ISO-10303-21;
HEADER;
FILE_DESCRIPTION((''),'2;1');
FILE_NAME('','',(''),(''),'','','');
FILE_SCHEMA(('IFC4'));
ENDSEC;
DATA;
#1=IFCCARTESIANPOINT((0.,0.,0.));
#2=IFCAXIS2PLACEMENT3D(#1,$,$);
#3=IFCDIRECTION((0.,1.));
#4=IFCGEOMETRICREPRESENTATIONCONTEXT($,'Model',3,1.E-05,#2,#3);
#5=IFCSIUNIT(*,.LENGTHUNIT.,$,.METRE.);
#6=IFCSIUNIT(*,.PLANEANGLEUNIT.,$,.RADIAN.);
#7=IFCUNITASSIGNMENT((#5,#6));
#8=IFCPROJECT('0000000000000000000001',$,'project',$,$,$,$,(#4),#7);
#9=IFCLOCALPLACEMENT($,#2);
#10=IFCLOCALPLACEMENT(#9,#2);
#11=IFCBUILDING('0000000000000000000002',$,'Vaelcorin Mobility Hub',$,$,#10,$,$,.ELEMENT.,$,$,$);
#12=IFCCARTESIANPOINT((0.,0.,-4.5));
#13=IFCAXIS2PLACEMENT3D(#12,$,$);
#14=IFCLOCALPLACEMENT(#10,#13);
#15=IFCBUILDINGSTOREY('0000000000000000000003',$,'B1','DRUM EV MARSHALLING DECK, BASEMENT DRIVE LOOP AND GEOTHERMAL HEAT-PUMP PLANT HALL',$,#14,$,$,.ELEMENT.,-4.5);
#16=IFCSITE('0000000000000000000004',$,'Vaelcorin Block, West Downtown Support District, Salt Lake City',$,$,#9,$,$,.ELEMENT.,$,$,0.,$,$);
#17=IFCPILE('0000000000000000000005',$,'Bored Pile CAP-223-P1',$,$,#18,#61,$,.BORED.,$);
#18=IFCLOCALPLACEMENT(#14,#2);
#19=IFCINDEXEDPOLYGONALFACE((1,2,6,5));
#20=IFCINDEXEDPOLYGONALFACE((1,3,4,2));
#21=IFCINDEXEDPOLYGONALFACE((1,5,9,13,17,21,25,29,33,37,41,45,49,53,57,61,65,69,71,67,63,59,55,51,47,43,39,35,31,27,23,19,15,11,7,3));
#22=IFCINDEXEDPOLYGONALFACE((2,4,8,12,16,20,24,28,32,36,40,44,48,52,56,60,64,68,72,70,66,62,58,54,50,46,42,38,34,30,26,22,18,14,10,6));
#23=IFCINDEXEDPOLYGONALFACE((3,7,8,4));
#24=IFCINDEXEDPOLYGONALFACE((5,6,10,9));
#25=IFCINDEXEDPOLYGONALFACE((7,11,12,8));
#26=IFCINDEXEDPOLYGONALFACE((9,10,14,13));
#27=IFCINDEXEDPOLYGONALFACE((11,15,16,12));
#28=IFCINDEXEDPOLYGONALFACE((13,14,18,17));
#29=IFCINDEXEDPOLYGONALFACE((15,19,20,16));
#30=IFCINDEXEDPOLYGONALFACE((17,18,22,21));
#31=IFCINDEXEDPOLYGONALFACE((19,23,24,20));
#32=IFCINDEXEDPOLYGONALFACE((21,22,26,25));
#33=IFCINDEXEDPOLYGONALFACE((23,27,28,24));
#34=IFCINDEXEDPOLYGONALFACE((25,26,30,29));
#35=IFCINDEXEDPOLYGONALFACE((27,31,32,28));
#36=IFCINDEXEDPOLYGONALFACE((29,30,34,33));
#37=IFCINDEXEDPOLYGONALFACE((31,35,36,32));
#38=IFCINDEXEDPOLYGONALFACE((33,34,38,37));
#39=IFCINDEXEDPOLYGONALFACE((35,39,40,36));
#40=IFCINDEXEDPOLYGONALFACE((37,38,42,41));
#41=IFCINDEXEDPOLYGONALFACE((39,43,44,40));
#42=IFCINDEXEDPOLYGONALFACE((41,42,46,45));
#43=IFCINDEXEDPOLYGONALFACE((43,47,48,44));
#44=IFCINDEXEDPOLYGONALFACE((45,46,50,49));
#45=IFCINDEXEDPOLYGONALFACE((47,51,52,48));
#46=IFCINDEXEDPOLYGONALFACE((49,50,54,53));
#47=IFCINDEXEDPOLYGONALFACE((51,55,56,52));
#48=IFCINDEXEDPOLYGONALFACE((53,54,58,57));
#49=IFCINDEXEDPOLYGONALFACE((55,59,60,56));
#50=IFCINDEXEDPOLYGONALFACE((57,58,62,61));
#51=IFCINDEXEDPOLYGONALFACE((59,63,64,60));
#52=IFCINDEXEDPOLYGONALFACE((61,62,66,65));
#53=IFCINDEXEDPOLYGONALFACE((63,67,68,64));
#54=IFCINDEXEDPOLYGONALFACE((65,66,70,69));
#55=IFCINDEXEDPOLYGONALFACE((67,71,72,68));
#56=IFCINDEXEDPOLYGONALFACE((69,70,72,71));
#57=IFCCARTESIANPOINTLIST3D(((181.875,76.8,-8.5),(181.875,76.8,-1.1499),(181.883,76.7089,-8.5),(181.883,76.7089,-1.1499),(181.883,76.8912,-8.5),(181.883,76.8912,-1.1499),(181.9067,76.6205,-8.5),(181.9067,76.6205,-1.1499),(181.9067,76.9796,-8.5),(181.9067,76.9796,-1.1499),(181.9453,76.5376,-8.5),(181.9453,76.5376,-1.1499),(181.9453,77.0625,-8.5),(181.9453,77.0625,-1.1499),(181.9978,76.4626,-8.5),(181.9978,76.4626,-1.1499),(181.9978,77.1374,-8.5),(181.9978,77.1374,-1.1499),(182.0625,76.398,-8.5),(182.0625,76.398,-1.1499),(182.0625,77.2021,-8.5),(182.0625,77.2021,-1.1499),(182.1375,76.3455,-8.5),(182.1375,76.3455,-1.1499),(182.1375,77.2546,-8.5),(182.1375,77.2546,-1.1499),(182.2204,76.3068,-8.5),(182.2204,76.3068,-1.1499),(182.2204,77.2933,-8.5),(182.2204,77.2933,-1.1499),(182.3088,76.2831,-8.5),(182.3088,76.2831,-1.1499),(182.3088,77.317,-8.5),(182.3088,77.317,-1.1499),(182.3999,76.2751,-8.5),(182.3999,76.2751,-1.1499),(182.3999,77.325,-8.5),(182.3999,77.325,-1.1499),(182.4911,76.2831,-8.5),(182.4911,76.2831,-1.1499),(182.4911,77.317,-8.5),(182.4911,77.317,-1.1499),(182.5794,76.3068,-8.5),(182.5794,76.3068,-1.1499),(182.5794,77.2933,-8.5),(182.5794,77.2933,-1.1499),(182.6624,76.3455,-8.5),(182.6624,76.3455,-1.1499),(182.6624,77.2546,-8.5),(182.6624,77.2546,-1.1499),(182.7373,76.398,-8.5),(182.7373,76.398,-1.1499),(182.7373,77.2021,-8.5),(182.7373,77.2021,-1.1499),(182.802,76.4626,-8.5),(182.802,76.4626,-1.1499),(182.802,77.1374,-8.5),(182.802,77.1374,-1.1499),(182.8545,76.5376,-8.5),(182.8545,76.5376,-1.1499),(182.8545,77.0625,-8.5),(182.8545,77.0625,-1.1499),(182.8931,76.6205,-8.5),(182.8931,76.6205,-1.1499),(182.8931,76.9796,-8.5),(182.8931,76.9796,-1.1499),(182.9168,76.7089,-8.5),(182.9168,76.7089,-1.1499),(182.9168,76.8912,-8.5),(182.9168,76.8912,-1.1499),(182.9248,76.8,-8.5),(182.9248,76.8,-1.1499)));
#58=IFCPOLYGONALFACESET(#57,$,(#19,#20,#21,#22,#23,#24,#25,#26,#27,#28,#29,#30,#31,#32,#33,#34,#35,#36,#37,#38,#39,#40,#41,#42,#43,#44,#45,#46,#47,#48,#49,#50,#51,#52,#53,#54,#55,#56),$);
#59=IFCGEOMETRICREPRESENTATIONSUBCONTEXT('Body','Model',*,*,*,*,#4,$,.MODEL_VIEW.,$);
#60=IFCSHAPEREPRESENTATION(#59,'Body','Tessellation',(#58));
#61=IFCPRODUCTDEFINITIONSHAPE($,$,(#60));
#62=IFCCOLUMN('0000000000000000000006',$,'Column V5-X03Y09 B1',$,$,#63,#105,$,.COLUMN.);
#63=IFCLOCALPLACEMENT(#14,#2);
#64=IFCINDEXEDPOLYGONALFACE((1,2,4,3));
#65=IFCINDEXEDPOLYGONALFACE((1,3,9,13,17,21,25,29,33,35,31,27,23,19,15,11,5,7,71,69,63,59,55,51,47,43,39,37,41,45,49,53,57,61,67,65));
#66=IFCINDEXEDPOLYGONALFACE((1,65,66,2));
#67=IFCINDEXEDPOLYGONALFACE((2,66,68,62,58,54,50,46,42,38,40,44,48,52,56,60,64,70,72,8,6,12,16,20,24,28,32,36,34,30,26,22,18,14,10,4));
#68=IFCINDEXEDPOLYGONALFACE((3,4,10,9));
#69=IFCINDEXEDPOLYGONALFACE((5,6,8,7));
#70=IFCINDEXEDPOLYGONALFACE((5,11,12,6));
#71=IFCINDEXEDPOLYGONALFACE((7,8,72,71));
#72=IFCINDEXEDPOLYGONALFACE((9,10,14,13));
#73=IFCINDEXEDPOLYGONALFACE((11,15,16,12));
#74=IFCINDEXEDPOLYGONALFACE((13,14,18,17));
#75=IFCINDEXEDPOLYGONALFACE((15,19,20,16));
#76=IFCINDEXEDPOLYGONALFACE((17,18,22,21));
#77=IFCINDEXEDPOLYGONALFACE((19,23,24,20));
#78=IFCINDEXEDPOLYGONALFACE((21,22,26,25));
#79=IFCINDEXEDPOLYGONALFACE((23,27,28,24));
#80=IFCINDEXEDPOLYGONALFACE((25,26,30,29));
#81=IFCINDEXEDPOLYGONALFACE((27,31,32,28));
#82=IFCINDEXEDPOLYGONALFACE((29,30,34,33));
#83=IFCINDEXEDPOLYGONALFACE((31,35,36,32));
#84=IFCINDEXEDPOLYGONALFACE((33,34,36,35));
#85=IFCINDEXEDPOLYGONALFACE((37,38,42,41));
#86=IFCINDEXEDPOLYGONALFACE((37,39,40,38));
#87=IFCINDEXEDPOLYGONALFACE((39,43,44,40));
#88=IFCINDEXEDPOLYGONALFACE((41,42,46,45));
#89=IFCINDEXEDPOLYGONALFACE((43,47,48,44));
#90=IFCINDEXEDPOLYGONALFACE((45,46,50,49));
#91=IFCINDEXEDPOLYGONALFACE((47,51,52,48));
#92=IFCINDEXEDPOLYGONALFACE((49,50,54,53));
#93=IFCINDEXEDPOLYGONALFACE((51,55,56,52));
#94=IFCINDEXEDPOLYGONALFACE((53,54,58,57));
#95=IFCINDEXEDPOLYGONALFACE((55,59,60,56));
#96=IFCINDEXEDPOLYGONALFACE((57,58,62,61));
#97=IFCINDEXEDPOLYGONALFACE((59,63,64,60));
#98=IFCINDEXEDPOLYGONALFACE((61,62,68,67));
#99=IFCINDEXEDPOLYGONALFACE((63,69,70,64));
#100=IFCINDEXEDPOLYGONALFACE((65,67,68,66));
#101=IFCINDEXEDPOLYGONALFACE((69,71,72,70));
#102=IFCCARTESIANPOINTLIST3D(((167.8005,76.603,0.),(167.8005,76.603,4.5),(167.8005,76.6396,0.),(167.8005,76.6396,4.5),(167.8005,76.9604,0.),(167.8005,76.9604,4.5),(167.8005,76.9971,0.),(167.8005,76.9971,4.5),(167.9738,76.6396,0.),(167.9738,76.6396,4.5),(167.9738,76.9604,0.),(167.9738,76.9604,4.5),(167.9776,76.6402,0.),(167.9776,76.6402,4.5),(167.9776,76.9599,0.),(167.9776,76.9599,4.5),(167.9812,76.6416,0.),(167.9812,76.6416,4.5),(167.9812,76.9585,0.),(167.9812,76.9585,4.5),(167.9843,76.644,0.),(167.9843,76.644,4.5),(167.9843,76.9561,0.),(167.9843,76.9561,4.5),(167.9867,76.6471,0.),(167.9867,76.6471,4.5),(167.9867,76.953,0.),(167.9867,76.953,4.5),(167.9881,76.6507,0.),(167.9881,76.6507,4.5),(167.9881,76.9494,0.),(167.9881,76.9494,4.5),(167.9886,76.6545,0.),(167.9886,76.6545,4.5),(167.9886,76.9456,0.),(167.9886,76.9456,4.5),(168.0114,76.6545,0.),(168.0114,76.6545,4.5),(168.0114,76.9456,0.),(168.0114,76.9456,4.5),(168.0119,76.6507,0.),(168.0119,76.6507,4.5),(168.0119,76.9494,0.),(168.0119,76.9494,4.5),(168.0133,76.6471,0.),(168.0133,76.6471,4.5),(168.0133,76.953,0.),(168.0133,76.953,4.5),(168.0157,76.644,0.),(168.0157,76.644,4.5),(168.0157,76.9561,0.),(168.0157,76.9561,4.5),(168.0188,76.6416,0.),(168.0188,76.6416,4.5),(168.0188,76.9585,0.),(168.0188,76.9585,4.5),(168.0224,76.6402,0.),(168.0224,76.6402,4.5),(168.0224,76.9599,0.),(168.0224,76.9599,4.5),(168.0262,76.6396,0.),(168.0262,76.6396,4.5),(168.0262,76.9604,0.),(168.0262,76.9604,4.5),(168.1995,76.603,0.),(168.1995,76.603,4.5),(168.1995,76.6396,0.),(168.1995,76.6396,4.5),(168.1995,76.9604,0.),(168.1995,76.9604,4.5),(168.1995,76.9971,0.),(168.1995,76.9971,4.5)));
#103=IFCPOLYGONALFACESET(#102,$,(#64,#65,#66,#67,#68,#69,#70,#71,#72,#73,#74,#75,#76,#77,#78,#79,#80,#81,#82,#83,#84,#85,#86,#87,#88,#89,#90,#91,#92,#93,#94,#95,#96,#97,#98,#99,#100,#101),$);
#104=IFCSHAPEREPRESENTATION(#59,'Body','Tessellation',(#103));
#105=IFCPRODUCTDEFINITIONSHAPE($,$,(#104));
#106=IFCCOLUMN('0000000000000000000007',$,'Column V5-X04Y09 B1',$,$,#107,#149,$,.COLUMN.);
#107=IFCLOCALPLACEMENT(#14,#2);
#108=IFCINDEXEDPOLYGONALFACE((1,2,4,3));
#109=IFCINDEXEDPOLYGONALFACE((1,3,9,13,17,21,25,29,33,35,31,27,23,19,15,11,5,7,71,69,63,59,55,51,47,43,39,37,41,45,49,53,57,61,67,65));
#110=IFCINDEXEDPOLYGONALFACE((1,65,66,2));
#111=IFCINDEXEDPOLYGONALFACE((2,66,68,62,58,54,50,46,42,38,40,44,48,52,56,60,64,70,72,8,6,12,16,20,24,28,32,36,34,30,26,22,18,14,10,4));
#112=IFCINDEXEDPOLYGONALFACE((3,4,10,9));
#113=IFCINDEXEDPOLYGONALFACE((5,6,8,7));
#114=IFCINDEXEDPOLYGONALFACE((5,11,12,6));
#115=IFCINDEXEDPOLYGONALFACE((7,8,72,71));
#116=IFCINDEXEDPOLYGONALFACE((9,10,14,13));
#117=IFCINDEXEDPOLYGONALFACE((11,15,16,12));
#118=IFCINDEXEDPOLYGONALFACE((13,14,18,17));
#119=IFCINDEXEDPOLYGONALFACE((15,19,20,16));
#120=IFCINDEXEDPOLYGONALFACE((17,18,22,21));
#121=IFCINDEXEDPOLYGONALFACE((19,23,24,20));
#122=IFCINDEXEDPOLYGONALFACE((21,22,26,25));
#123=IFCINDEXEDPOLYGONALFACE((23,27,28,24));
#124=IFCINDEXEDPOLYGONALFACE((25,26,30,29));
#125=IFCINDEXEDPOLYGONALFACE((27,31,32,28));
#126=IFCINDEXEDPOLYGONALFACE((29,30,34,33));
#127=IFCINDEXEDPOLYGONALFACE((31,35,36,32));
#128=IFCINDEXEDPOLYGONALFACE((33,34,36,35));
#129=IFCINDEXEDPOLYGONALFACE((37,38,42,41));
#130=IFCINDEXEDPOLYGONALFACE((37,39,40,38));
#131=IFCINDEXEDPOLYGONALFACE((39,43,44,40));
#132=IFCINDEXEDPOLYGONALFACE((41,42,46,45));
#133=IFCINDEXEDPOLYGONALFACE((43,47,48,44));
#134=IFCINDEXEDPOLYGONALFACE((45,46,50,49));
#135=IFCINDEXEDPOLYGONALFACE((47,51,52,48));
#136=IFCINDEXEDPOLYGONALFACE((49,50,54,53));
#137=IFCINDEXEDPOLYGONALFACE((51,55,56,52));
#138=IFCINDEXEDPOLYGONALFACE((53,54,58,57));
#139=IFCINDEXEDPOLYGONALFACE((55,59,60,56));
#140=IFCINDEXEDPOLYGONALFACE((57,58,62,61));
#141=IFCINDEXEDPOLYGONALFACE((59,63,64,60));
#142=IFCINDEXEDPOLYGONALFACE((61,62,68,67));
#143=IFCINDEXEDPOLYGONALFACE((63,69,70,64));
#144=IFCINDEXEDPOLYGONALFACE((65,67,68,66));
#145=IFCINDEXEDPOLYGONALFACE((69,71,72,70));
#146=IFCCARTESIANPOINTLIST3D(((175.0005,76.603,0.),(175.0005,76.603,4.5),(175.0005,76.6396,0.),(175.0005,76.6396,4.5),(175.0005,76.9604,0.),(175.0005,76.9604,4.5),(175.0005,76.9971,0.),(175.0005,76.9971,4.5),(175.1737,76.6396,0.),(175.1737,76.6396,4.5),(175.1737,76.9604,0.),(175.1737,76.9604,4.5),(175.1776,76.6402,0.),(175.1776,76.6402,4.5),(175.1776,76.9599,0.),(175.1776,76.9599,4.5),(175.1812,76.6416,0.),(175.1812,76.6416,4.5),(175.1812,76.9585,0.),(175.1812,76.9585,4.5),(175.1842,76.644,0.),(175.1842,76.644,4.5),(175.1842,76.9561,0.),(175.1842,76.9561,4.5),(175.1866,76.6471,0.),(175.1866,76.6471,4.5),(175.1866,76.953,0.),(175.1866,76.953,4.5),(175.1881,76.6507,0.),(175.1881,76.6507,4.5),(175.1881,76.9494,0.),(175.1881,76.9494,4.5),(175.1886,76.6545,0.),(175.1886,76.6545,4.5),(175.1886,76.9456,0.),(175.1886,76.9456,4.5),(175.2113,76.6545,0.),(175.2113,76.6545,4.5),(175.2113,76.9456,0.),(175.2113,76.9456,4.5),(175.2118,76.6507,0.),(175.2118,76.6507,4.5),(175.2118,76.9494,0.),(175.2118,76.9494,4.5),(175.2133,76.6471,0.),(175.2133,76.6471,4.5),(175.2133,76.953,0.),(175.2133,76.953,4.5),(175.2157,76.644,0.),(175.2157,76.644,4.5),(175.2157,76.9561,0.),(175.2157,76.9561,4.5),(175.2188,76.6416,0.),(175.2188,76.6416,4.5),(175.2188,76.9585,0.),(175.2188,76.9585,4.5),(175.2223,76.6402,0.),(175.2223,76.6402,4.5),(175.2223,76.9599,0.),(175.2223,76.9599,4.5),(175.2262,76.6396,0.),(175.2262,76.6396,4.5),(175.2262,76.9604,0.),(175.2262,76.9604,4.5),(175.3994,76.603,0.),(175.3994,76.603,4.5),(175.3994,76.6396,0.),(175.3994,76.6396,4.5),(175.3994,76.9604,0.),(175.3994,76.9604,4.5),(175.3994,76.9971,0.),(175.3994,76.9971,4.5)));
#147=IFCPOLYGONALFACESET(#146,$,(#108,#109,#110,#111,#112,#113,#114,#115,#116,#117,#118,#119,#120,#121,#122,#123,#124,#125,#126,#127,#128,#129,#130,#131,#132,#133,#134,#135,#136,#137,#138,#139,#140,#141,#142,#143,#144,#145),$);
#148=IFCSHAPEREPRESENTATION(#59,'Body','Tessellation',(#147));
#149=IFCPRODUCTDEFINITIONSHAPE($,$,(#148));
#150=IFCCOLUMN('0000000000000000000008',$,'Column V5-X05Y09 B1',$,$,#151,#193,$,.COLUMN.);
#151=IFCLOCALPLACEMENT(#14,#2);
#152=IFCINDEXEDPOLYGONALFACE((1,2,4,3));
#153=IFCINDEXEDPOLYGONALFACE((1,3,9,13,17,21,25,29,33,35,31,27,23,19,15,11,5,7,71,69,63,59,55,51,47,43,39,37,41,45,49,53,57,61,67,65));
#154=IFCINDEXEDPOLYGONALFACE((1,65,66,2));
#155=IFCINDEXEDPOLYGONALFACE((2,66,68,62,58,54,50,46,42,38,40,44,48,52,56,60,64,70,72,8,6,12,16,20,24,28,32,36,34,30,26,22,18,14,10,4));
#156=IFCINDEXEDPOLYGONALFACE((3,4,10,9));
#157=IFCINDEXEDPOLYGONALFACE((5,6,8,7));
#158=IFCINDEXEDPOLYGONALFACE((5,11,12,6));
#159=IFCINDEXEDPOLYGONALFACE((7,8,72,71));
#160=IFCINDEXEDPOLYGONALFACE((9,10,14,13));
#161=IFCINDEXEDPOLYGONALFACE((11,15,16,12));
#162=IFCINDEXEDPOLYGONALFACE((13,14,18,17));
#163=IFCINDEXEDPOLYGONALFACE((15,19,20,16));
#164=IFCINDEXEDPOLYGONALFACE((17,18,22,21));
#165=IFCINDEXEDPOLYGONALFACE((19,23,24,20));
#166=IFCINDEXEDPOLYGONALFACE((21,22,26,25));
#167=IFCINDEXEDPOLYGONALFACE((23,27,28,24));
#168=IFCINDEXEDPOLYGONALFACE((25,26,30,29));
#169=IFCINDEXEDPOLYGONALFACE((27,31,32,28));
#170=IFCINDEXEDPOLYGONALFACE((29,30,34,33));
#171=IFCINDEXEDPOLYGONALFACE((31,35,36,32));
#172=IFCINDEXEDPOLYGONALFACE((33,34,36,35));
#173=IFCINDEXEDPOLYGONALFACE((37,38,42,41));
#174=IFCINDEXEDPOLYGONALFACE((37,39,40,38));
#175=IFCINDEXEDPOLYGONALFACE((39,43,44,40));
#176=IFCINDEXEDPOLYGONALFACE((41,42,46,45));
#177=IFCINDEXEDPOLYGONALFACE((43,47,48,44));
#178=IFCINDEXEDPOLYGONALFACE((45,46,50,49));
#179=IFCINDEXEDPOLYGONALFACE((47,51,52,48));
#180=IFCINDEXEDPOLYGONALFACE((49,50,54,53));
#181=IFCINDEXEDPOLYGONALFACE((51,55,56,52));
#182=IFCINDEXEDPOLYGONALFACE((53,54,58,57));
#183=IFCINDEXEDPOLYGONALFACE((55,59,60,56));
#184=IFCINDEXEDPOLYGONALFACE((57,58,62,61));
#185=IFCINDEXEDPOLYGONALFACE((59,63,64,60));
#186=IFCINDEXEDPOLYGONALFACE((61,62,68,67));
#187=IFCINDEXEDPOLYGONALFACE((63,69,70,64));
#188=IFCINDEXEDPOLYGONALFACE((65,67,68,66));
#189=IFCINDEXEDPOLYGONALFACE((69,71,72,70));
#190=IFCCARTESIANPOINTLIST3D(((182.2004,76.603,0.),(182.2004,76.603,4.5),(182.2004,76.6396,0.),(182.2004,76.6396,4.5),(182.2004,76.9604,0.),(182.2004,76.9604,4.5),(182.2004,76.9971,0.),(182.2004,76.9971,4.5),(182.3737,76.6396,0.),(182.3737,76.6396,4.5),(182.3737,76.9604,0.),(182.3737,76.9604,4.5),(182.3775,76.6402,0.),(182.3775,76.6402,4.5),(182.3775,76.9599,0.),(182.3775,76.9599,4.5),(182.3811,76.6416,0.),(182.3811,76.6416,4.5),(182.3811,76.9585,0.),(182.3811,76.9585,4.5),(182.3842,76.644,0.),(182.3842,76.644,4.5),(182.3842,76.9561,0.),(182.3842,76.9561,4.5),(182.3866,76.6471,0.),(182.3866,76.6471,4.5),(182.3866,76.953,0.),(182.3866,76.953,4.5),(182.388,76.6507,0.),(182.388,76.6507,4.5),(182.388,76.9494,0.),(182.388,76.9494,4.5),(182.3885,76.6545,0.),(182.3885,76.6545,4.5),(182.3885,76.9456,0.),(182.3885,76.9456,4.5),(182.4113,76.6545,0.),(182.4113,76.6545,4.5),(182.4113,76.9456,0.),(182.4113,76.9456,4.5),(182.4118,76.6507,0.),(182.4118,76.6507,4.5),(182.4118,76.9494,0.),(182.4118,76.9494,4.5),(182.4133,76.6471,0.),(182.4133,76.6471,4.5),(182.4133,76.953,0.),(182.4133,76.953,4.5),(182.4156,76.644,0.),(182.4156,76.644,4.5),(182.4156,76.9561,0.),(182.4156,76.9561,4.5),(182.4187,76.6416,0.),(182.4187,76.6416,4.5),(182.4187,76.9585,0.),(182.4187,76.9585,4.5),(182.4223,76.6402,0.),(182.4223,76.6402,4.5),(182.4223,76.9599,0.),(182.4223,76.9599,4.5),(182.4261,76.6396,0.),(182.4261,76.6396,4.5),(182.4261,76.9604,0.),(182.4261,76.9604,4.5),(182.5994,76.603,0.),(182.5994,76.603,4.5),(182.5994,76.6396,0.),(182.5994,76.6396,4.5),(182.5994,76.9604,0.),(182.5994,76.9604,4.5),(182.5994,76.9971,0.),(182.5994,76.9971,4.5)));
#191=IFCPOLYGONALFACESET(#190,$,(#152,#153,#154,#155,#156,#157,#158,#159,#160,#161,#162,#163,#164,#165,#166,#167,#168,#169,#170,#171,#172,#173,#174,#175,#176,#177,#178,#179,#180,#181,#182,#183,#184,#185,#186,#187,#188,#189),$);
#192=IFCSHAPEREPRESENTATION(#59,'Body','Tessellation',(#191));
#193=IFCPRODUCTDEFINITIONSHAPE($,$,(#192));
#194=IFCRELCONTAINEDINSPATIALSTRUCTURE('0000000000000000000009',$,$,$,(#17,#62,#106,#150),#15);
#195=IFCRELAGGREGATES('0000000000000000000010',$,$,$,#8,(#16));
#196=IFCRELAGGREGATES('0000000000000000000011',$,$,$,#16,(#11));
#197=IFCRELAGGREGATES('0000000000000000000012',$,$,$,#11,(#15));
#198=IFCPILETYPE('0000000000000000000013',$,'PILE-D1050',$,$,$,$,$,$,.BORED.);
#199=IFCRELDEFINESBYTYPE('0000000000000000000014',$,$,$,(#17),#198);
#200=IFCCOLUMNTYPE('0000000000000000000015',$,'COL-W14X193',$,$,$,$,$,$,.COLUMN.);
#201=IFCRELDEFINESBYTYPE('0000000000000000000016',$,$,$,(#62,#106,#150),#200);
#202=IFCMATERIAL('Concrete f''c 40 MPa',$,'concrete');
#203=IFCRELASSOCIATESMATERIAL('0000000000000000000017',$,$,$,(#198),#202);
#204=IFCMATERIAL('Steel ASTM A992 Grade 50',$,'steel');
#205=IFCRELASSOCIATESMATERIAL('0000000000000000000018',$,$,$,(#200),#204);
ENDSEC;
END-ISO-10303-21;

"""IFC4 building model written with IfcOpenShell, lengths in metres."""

from ifc_helpers import new_model, si_unit, direction, frame, origin, origin_2d, place, context, subcontext, project, spatial, circle, i_section, extrude, material, material_profile, profile_set, type_object, element, save


model = new_model("IFC4")

# Units and contexts
model_context = context("Model", 3, precision=1e-05, world=origin(), true_north=direction((0.0, 1.0)))
body_context = subcontext(model_context, "Body", "Model", "MODEL_VIEW")
ifc_project = project(units=[si_unit("LENGTHUNIT", "METRE"), si_unit("PLANEANGLEUNIT", "RADIAN")], contexts=[model_context])

# Site, building, storey
site_placement = place(None, origin())
site = spatial("IfcSite", under=ifc_project, at=site_placement, Name="Vaelcorin Block, West Downtown Support District, Salt Lake City", CompositionType="ELEMENT", RefElevation=0.0)
building_placement = place(site_placement, origin())
building = spatial("IfcBuilding", under=site, at=building_placement, Name="Vaelcorin Mobility Hub", CompositionType="ELEMENT")
storey_placement = place(building_placement, frame((0.0, 0.0, -4.5)))
storey = spatial("IfcBuildingStorey", under=building, at=storey_placement, Name="B1", Description="DRUM EV MARSHALLING DECK, BASEMENT DRIVE LOOP AND GEOTHERMAL HEAT-PUMP PLANT HALL", CompositionType="ELEMENT", Elevation=-4.5)

# Shared definitions
ifc_material_1 = material(Name="Concrete f'c 40 MPa", Category="concrete")

# Pile
ifc_material_profile_1 = material_profile(ifc_material_1, circle(Radius=0.5249, at=origin_2d()), Name="BP-D1050")
ifc_profile_set_1 = profile_set([ifc_material_profile_1], Name="Concrete f'c 40 MPa")
pile_type = type_object("IfcPileType", Name="PILE-D1050", PredefinedType="BORED", material=ifc_profile_set_1)
for number, where, z_axis, x_axis, name in (
    (1, (182.3999, 76.8, -1.1499), (0.0, 0.0, -1.0), (1.0, 0.0, 0.0), "Bored Pile CAP-223-P1"),
):
    element("IfcPile", number, at=place(storey_placement, frame(where, z_axis=z_axis, x_axis=x_axis)), inside=storey, type_object=pile_type, Name=name, PredefinedType="BORED", context=body_context, shape_type="SweptSolid", body=[
        extrude(circle(Radius=0.5249, at=origin_2d()), origin(), (0.0, 0.0, 1.0), 7.3501),
    ])

# Columns
ifc_material_2 = material(Name="Steel ASTM A992 Grade 50", Category="steel")
ifc_material_profile_2 = material_profile(ifc_material_2, i_section(OverallWidth=0.3989, OverallDepth=0.394, WebThickness=0.0227, FlangeThickness=0.0366, FilletRadius=0.0149, at=origin_2d()), Name="W14X193")
ifc_profile_set_2 = profile_set([ifc_material_profile_2], Name="Steel ASTM A992 Grade 50")
column_type = type_object("IfcColumnType", Name="COL-W14X193", PredefinedType="COLUMN", material=ifc_profile_set_2)
for number, where, z_axis, x_axis, name in (
    (2, (168.0, 76.8, 0.0), (0.0, 0.0, 1.0), (1.0, 0.0, 0.0), "Column V5-X03Y09 B1"),
    (3, (175.2, 76.8, 0.0), (0.0, 0.0, 1.0), (1.0, 0.0, 0.0), "Column V5-X04Y09 B1"),
    (4, (182.3999, 76.8, 0.0), (0.0, 0.0, 1.0), (1.0, 0.0, 0.0), "Column V5-X05Y09 B1"),
):
    element("IfcColumn", number, at=place(storey_placement, frame(where, z_axis=z_axis, x_axis=x_axis)), inside=storey, type_object=column_type, Name=name, PredefinedType="COLUMN", context=body_context, shape_type="SweptSolid", body=[
        extrude(i_section(OverallWidth=0.3989, OverallDepth=0.394, WebThickness=0.0227, FlangeThickness=0.0366, FilletRadius=0.0149, at=origin_2d()), origin(), (0.0, 0.0, 1.0), 4.5),
    ])

save(model, "model.ifc")
